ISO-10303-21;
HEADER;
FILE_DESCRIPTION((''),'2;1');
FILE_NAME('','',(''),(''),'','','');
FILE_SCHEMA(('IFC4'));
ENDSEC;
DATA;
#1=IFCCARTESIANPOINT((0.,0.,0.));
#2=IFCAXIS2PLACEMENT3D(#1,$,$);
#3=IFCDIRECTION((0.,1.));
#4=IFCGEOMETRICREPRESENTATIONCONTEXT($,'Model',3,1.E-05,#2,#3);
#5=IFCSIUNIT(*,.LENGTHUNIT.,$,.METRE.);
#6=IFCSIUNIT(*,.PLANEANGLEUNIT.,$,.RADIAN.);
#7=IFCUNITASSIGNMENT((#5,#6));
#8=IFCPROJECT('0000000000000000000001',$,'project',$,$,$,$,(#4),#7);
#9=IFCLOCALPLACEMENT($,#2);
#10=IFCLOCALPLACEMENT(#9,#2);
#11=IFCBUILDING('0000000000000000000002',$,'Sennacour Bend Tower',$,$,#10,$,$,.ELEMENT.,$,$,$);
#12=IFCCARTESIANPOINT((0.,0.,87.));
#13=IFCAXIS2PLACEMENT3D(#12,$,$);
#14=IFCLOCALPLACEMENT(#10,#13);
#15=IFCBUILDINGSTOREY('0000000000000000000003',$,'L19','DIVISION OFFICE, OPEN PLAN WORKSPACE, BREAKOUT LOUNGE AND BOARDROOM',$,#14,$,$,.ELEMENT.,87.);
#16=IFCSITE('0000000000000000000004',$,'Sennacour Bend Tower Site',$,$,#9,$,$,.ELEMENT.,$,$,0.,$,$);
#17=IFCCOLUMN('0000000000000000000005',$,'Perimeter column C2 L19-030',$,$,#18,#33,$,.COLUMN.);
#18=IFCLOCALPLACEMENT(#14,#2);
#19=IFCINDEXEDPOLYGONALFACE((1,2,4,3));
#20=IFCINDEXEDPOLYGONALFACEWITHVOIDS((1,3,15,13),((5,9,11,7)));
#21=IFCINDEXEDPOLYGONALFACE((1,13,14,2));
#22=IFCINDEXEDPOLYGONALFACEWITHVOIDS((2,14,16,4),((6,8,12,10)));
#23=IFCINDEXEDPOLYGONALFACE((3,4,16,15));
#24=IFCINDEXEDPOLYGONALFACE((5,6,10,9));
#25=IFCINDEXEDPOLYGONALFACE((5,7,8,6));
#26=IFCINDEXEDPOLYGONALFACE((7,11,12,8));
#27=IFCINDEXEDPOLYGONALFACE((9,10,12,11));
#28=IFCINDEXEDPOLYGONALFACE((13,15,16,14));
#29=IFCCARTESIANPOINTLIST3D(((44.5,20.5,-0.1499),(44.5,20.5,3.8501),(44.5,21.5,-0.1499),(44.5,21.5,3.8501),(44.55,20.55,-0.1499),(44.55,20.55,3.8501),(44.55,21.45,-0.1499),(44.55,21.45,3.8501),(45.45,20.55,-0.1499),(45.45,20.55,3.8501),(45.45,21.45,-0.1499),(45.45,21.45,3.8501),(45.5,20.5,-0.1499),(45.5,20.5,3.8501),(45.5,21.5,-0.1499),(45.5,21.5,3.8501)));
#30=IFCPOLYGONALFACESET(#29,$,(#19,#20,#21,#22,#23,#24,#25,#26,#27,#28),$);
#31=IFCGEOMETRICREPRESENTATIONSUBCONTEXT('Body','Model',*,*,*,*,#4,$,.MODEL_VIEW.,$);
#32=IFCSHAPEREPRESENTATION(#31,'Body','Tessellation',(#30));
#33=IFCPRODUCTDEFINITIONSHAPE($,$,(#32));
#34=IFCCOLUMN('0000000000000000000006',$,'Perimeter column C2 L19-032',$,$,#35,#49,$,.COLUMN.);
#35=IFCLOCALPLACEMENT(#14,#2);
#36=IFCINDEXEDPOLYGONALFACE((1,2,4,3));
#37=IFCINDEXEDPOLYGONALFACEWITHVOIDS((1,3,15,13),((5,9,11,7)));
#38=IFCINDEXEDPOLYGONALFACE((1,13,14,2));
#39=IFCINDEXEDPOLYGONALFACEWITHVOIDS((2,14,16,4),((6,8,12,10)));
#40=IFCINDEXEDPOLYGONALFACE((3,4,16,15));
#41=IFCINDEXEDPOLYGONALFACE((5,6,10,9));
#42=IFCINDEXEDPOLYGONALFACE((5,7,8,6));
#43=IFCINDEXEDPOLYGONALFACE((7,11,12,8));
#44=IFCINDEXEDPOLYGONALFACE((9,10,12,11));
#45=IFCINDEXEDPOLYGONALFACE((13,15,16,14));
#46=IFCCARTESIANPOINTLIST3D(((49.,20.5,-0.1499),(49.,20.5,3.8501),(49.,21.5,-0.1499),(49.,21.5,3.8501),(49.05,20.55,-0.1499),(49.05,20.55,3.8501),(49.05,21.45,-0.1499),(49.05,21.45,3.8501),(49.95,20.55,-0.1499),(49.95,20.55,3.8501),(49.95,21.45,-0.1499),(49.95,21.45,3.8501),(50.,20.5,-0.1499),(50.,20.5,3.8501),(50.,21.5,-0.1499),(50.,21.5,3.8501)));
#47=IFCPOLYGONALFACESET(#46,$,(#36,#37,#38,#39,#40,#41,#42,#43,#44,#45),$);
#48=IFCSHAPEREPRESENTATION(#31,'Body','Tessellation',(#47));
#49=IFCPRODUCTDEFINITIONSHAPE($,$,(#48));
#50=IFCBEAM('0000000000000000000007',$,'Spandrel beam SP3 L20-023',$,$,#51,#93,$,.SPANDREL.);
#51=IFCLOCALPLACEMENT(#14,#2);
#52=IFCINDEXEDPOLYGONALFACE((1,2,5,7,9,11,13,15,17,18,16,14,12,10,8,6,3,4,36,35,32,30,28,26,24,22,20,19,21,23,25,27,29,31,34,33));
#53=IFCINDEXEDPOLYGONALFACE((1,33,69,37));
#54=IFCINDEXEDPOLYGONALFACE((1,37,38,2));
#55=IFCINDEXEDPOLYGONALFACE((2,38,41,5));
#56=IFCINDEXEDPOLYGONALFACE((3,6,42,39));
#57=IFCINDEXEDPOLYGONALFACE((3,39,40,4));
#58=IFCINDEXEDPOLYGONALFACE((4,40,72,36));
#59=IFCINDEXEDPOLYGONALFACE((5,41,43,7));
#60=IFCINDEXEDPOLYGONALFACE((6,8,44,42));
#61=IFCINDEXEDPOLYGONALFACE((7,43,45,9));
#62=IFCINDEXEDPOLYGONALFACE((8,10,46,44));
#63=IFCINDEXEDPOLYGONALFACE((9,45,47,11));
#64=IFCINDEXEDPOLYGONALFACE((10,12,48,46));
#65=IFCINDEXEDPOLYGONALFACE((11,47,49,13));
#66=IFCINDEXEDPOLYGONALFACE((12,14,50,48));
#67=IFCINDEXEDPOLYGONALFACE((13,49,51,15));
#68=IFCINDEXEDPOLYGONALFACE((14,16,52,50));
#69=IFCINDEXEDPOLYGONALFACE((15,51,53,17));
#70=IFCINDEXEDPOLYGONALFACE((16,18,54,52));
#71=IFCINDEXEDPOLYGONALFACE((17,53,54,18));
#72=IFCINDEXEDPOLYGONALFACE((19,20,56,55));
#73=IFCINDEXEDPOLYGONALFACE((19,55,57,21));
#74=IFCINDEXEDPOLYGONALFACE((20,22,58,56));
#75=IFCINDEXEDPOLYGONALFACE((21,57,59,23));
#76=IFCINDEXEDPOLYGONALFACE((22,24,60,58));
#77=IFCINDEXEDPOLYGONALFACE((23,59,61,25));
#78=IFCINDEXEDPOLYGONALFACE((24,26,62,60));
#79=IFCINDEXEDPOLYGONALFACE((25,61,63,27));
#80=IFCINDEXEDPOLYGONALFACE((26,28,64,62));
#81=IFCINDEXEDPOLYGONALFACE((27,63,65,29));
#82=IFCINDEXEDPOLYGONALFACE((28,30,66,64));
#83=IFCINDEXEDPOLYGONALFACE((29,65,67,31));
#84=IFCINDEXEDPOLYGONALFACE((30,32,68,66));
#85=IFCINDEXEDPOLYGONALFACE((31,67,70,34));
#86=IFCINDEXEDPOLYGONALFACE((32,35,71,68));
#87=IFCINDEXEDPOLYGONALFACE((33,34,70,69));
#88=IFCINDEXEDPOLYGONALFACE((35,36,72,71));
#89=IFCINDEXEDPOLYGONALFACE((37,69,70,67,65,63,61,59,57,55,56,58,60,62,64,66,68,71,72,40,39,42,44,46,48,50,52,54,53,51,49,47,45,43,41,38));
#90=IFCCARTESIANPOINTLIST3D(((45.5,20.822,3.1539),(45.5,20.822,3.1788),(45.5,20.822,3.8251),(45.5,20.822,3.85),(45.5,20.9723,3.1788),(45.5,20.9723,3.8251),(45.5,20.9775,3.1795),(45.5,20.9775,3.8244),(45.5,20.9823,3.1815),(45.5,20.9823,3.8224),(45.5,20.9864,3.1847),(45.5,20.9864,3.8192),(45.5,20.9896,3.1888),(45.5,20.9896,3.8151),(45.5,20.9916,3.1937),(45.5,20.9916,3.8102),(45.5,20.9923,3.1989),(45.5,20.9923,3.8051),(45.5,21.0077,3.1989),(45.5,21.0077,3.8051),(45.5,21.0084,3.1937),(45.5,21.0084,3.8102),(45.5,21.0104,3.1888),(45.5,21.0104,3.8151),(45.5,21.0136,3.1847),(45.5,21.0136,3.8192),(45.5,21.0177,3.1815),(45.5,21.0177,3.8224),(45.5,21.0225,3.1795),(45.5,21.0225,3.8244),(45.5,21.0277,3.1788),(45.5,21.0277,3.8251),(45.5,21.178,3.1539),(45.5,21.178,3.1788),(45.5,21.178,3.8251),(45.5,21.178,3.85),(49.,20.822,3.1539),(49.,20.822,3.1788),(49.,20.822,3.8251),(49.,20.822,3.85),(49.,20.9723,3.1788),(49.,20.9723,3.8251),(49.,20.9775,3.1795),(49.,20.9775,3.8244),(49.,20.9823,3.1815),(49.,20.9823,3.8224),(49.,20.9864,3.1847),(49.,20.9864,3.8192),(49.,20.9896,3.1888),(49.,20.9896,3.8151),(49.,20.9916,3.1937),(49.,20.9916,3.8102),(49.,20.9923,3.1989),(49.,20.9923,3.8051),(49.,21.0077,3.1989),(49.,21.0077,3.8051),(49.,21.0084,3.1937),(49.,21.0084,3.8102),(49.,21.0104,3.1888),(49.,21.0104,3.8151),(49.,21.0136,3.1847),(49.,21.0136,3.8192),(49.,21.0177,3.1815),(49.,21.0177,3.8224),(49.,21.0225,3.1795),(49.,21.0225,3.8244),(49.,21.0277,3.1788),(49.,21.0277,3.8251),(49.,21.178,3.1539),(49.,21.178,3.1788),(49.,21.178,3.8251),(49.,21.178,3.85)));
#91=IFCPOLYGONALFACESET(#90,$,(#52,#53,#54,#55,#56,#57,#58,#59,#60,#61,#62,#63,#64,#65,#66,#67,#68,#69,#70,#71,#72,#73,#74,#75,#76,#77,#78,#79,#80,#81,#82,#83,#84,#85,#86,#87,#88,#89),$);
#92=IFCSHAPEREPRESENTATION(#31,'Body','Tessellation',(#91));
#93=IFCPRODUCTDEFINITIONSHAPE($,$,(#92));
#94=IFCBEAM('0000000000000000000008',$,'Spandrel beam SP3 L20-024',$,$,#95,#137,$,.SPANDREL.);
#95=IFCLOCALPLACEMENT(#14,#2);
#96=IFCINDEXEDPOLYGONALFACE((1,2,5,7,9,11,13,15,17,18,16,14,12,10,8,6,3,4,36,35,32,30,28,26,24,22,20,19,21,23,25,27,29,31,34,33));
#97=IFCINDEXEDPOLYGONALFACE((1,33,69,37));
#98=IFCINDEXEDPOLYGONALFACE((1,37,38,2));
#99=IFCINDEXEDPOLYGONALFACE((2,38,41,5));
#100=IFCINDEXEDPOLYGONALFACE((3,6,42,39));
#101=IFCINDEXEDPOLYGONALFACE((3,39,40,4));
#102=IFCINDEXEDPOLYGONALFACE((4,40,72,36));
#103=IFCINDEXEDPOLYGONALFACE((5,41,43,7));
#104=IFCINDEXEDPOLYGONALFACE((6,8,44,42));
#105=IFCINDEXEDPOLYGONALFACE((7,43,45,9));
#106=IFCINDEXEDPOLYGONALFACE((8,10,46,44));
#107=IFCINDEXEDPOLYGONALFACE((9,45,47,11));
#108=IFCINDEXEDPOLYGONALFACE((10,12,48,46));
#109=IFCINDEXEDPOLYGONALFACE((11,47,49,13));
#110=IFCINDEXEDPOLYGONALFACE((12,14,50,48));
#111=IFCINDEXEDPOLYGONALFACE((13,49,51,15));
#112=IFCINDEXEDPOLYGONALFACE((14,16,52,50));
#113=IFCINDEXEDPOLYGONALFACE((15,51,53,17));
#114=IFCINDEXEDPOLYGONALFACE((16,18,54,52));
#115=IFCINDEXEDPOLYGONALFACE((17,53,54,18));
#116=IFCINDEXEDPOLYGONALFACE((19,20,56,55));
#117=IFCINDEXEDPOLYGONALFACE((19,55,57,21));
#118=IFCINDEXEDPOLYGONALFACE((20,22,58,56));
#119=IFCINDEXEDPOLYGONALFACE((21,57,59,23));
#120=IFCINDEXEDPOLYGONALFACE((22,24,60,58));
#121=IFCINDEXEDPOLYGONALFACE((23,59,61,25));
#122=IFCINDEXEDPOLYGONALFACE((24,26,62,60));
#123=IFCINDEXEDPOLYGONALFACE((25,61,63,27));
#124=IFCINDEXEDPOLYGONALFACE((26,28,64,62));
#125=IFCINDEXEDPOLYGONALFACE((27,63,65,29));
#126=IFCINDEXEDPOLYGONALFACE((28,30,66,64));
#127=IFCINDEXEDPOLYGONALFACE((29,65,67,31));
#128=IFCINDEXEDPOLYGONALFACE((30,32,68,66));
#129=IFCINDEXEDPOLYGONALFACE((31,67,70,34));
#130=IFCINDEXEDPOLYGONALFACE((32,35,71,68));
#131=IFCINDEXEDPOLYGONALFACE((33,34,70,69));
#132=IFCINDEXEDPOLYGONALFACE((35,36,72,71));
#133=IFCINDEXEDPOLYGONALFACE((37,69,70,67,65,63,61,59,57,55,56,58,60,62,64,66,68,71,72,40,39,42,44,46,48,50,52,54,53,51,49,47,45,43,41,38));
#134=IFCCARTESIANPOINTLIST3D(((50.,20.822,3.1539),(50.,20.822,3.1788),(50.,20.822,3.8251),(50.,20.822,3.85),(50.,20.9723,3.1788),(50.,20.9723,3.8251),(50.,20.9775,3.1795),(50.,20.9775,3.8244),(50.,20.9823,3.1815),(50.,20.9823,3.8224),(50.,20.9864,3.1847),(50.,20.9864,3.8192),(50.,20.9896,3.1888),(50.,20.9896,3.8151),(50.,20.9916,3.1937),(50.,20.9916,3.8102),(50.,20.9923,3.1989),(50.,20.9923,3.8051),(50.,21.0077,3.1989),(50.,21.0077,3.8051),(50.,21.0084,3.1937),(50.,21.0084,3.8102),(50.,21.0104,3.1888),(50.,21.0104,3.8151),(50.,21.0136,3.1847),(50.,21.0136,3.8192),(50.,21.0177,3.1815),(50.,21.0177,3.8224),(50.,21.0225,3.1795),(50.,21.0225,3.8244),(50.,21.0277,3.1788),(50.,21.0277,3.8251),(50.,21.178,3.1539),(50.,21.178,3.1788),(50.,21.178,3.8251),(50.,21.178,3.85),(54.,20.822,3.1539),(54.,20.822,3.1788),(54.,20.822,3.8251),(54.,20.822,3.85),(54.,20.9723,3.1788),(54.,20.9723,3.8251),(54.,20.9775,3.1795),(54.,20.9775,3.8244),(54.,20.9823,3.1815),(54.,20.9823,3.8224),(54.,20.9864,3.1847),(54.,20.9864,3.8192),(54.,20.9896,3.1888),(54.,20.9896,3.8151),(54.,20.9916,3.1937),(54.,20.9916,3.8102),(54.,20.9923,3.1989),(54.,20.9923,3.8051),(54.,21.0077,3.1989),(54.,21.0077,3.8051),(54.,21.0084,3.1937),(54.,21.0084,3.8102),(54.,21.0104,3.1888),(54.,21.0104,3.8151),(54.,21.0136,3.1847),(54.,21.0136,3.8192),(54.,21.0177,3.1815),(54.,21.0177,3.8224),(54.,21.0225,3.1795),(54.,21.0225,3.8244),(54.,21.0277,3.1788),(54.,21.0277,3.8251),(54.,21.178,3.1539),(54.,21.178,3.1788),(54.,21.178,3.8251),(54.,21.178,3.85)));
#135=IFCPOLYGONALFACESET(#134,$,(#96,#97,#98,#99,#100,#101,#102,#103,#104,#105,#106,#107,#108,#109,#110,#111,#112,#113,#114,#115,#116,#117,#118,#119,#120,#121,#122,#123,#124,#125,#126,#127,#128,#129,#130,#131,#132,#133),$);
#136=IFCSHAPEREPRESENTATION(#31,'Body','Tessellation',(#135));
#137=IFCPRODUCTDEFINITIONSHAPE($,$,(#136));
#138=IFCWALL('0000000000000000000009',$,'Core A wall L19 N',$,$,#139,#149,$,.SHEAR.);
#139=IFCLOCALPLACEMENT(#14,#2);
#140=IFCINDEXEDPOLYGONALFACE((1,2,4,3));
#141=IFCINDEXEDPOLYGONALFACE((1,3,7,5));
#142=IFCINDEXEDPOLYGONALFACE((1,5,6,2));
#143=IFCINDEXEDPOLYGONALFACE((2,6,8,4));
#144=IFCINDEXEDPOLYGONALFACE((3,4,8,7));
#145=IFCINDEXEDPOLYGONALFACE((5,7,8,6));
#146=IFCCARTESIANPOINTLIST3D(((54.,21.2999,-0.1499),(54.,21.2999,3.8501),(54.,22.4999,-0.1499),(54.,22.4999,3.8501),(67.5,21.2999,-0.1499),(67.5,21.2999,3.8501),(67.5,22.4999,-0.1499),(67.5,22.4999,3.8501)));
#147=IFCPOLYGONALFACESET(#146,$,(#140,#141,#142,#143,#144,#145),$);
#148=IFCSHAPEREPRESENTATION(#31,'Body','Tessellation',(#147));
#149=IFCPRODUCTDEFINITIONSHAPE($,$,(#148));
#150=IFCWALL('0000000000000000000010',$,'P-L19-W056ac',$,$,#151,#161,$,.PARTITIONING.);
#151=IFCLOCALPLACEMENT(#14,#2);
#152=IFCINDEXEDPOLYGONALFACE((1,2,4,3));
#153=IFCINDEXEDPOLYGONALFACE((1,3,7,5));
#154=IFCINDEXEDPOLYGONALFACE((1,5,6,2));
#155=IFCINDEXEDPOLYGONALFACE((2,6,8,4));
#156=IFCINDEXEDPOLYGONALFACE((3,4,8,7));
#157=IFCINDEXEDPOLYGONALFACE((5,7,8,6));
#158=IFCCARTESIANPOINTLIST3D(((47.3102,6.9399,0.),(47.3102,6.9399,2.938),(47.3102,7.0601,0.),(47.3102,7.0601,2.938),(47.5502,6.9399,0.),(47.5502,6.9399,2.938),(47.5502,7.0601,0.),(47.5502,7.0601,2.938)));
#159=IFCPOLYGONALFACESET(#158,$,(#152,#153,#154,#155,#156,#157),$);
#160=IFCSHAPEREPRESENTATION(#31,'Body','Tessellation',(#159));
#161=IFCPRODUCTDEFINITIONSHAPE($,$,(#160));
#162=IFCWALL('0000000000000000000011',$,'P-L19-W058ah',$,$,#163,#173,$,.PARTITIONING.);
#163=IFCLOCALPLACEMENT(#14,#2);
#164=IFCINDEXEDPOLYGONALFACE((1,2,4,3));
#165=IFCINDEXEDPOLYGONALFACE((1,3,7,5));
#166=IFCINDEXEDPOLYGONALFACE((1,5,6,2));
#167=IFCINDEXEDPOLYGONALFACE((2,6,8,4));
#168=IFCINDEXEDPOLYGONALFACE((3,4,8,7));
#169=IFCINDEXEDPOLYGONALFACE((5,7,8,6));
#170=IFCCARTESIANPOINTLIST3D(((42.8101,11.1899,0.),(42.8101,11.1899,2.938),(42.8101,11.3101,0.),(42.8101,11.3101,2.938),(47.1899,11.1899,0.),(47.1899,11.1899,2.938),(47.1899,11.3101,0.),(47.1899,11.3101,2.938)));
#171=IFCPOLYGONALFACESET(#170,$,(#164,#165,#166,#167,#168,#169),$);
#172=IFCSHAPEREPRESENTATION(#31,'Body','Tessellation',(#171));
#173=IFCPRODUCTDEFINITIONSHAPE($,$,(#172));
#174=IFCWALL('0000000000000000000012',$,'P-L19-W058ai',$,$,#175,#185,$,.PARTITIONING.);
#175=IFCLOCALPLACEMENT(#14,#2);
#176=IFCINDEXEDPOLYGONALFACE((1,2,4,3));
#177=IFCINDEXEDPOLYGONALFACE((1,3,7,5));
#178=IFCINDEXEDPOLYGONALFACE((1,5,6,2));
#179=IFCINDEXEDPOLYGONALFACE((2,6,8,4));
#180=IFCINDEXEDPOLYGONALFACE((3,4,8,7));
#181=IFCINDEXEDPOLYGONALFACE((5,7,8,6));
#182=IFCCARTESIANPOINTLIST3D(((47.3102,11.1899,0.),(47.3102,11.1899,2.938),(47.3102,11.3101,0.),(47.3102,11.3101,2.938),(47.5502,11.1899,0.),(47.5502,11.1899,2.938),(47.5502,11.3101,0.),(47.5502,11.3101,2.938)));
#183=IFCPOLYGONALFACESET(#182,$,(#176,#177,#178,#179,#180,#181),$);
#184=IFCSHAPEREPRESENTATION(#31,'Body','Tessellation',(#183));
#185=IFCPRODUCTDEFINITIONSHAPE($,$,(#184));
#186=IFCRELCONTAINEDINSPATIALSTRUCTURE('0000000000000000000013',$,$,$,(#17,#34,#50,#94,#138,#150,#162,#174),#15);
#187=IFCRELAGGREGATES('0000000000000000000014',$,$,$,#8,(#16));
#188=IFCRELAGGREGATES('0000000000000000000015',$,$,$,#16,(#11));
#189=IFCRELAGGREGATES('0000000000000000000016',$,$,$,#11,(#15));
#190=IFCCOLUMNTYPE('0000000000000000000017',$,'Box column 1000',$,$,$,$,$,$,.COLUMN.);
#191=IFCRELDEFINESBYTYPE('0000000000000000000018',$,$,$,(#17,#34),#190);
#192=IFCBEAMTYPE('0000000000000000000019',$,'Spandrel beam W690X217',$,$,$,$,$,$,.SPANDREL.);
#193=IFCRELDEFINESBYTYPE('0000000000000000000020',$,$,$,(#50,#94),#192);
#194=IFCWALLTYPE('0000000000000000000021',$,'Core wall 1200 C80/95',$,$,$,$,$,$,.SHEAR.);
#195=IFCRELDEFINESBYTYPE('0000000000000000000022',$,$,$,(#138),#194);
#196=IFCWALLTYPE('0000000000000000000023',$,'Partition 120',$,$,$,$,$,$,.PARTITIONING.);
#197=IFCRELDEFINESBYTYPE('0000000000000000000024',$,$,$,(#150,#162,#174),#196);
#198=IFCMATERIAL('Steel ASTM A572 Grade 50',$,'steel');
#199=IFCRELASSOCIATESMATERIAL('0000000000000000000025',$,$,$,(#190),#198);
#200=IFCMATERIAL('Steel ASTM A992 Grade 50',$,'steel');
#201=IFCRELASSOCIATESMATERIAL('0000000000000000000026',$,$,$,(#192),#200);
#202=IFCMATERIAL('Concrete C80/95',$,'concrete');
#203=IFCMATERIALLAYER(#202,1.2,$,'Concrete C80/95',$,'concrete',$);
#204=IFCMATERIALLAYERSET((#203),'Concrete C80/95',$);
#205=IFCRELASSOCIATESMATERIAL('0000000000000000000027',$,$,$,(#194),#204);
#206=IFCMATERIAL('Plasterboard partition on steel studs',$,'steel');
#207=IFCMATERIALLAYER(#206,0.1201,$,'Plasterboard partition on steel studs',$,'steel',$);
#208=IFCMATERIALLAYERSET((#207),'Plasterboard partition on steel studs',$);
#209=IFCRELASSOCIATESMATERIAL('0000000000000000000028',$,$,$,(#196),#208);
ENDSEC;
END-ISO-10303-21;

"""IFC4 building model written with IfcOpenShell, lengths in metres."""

from ifc_helpers import new_model, si_unit, direction, frame, frame_2d, origin, origin_2d, place, context, subcontext, project, spatial, rectangle, hollow_rectangle, i_section, extrude, material, layer, layer_set, material_profile, profile_set, type_object, element, save


model = new_model("IFC4")

# Units and contexts
model_context = context("Model", 3, precision=1e-05, world=origin(), true_north=direction((0.0, 1.0)))
body_context = subcontext(model_context, "Body", "Model", "MODEL_VIEW")
ifc_project = project(units=[si_unit("LENGTHUNIT", "METRE"), si_unit("PLANEANGLEUNIT", "RADIAN")], contexts=[model_context])

# Site, building, storey
site_placement = place(None, origin())
site = spatial("IfcSite", under=ifc_project, at=site_placement, Name="Sennacour Bend Tower Site", CompositionType="ELEMENT", RefElevation=0.0)
building_placement = place(site_placement, origin())
building = spatial("IfcBuilding", under=site, at=building_placement, Name="Sennacour Bend Tower", CompositionType="ELEMENT")
storey_placement = place(building_placement, frame((0.0, 0.0, 87.0)))
storey = spatial("IfcBuildingStorey", under=building, at=storey_placement, Name="L19", Description="DIVISION OFFICE, OPEN PLAN WORKSPACE, BREAKOUT LOUNGE AND BOARDROOM", CompositionType="ELEMENT", Elevation=87.0)

# Columns
ifc_material_1 = material(Name="Steel ASTM A572 Grade 50", Category="steel")
ifc_material_profile_1 = material_profile(ifc_material_1, hollow_rectangle(XDim=1.0, YDim=1.0, WallThickness=0.05, at=origin_2d()), Name="Steel ASTM A572 Grade 50", Category="steel")
ifc_profile_set_1 = profile_set([ifc_material_profile_1], Name="Steel ASTM A572 Grade 50")
column_type = type_object("IfcColumnType", Name="Box column 1000", PredefinedType="COLUMN", material=ifc_profile_set_1)
for number, where, z_axis, x_axis, name in (
    (1, (45.0, 21.0, -0.1499), (0.0, 0.0, 1.0), (1.0, 0.0, 0.0), "Perimeter column C2 L19-030"),
    (2, (49.5, 21.0, -0.1499), (0.0, 0.0, 1.0), (1.0, 0.0, 0.0), "Perimeter column C2 L19-032"),
):
    element("IfcColumn", number, at=place(storey_placement, frame(where, z_axis=z_axis, x_axis=x_axis)), inside=storey, type_object=column_type, Name=name, PredefinedType="COLUMN", context=body_context, shape_type="SweptSolid", body=[
        extrude(hollow_rectangle(XDim=1.0, YDim=1.0, WallThickness=0.05, at=origin_2d()), origin(), (0.0, 0.0, 1.0), 4.0),
    ])

# Beams
ifc_material_2 = material(Name="Steel ASTM A992 Grade 50", Category="steel")
ifc_material_profile_2 = material_profile(ifc_material_2, i_section(OverallWidth=0.356, OverallDepth=0.696, WebThickness=0.0154, FlangeThickness=0.0249, FilletRadius=0.02, at=origin_2d()), Name="Steel ASTM A992 Grade 50", Category="steel")
ifc_profile_set_2 = profile_set([ifc_material_profile_2], Name="Steel ASTM A992 Grade 50")
beam_type = type_object("IfcBeamType", Name="Spandrel beam W690X217", PredefinedType="SPANDREL", material=ifc_profile_set_2)
beam_1_placement = place(storey_placement, frame((45.5, 21.0, 3.502), z_axis=(1.0, 0.0, 0.0), x_axis=(0.0, 1.0, 0.0)))
element("IfcBeam", 3, at=beam_1_placement, inside=storey, type_object=beam_type, Name="Spandrel beam SP3 L20-023", PredefinedType="SPANDREL", context=body_context, shape_type="SweptSolid", body=[
    extrude(i_section(OverallWidth=0.356, OverallDepth=0.696, WebThickness=0.0154, FlangeThickness=0.0249, FilletRadius=0.02, at=origin_2d()), origin(), (0.0, 0.0, 1.0), 3.5),
])
beam_2_placement = place(storey_placement, frame((50.0, 21.0, 3.502), z_axis=(1.0, 0.0, 0.0), x_axis=(0.0, 1.0, 0.0)))
element("IfcBeam", 4, at=beam_2_placement, inside=storey, type_object=beam_type, Name="Spandrel beam SP3 L20-024", PredefinedType="SPANDREL", context=body_context, shape_type="SweptSolid", body=[
    extrude(i_section(OverallWidth=0.356, OverallDepth=0.696, WebThickness=0.0154, FlangeThickness=0.0249, FilletRadius=0.02, at=origin_2d()), origin(), (0.0, 0.0, 1.0), 4.0),
])

# Walls
ifc_material_3 = material(Name="Concrete C80/95", Category="concrete")
ifc_layer_1 = layer(ifc_material_3, 1.2, Name="Concrete C80/95", Category="concrete")
ifc_layer_set_1 = layer_set([ifc_layer_1], Name="Concrete C80/95")
wall_type_1 = type_object("IfcWallType", Name="Core wall 1200 C80/95", PredefinedType="SHEAR", material=ifc_layer_set_1)
wall_1_placement = place(storey_placement, frame((54.0, 21.8999, -0.1499), z_axis=(0.0, 0.0, 1.0), x_axis=(1.0, 0.0, 0.0)))
element("IfcWall", 5, at=wall_1_placement, inside=storey, type_object=wall_type_1, Name="Core A wall L19 N", PredefinedType="SHEAR", context=body_context, shape_type="SweptSolid", body=[
    extrude(rectangle(XDim=13.5, YDim=1.2, at=frame_2d((6.75, 0.0))), origin(), (0.0, 0.0, 1.0), 4.0),
])
ifc_material_4 = material(Name="Plasterboard partition on steel studs", Category="steel")
ifc_layer_2 = layer(ifc_material_4, 0.1201, Name="Plasterboard partition on steel studs", Category="steel")
ifc_layer_set_2 = layer_set([ifc_layer_2], Name="Plasterboard partition on steel studs")
wall_type_2 = type_object("IfcWallType", Name="Partition 120", PredefinedType="PARTITIONING", material=ifc_layer_set_2)
wall_2_placement = place(storey_placement, frame((47.3101, 7.0, 0.0), z_axis=(0.0, 0.0, 1.0), x_axis=(1.0, 0.0, 0.0)))
element("IfcWall", 6, at=wall_2_placement, inside=storey, type_object=wall_type_2, Name="P-L19-W056ac", PredefinedType="PARTITIONING", context=body_context, shape_type="SweptSolid", body=[
    extrude(rectangle(XDim=0.24, YDim=0.1201, at=frame_2d((0.1201, 0.0))), origin(), (0.0, 0.0, 1.0), 2.938),
])
wall_3_placement = place(storey_placement, frame((42.8101, 11.25, 0.0), z_axis=(0.0, 0.0, 1.0), x_axis=(1.0, 0.0, 0.0)))
element("IfcWall", 7, at=wall_3_placement, inside=storey, type_object=wall_type_2, Name="P-L19-W058ah", PredefinedType="PARTITIONING", context=body_context, shape_type="SweptSolid", body=[
    extrude(rectangle(XDim=4.3799, YDim=0.1201, at=frame_2d((2.1899, 0.0))), origin(), (0.0, 0.0, 1.0), 2.938),
])
wall_4_placement = place(storey_placement, frame((47.3101, 11.25, 0.0), z_axis=(0.0, 0.0, 1.0), x_axis=(1.0, 0.0, 0.0)))
element("IfcWall", 8, at=wall_4_placement, inside=storey, type_object=wall_type_2, Name="P-L19-W058ai", PredefinedType="PARTITIONING", context=body_context, shape_type="SweptSolid", body=[
    extrude(rectangle(XDim=0.24, YDim=0.1201, at=frame_2d((0.1201, 0.0))), origin(), (0.0, 0.0, 1.0), 2.938),
])

save(model, "model.ifc")
